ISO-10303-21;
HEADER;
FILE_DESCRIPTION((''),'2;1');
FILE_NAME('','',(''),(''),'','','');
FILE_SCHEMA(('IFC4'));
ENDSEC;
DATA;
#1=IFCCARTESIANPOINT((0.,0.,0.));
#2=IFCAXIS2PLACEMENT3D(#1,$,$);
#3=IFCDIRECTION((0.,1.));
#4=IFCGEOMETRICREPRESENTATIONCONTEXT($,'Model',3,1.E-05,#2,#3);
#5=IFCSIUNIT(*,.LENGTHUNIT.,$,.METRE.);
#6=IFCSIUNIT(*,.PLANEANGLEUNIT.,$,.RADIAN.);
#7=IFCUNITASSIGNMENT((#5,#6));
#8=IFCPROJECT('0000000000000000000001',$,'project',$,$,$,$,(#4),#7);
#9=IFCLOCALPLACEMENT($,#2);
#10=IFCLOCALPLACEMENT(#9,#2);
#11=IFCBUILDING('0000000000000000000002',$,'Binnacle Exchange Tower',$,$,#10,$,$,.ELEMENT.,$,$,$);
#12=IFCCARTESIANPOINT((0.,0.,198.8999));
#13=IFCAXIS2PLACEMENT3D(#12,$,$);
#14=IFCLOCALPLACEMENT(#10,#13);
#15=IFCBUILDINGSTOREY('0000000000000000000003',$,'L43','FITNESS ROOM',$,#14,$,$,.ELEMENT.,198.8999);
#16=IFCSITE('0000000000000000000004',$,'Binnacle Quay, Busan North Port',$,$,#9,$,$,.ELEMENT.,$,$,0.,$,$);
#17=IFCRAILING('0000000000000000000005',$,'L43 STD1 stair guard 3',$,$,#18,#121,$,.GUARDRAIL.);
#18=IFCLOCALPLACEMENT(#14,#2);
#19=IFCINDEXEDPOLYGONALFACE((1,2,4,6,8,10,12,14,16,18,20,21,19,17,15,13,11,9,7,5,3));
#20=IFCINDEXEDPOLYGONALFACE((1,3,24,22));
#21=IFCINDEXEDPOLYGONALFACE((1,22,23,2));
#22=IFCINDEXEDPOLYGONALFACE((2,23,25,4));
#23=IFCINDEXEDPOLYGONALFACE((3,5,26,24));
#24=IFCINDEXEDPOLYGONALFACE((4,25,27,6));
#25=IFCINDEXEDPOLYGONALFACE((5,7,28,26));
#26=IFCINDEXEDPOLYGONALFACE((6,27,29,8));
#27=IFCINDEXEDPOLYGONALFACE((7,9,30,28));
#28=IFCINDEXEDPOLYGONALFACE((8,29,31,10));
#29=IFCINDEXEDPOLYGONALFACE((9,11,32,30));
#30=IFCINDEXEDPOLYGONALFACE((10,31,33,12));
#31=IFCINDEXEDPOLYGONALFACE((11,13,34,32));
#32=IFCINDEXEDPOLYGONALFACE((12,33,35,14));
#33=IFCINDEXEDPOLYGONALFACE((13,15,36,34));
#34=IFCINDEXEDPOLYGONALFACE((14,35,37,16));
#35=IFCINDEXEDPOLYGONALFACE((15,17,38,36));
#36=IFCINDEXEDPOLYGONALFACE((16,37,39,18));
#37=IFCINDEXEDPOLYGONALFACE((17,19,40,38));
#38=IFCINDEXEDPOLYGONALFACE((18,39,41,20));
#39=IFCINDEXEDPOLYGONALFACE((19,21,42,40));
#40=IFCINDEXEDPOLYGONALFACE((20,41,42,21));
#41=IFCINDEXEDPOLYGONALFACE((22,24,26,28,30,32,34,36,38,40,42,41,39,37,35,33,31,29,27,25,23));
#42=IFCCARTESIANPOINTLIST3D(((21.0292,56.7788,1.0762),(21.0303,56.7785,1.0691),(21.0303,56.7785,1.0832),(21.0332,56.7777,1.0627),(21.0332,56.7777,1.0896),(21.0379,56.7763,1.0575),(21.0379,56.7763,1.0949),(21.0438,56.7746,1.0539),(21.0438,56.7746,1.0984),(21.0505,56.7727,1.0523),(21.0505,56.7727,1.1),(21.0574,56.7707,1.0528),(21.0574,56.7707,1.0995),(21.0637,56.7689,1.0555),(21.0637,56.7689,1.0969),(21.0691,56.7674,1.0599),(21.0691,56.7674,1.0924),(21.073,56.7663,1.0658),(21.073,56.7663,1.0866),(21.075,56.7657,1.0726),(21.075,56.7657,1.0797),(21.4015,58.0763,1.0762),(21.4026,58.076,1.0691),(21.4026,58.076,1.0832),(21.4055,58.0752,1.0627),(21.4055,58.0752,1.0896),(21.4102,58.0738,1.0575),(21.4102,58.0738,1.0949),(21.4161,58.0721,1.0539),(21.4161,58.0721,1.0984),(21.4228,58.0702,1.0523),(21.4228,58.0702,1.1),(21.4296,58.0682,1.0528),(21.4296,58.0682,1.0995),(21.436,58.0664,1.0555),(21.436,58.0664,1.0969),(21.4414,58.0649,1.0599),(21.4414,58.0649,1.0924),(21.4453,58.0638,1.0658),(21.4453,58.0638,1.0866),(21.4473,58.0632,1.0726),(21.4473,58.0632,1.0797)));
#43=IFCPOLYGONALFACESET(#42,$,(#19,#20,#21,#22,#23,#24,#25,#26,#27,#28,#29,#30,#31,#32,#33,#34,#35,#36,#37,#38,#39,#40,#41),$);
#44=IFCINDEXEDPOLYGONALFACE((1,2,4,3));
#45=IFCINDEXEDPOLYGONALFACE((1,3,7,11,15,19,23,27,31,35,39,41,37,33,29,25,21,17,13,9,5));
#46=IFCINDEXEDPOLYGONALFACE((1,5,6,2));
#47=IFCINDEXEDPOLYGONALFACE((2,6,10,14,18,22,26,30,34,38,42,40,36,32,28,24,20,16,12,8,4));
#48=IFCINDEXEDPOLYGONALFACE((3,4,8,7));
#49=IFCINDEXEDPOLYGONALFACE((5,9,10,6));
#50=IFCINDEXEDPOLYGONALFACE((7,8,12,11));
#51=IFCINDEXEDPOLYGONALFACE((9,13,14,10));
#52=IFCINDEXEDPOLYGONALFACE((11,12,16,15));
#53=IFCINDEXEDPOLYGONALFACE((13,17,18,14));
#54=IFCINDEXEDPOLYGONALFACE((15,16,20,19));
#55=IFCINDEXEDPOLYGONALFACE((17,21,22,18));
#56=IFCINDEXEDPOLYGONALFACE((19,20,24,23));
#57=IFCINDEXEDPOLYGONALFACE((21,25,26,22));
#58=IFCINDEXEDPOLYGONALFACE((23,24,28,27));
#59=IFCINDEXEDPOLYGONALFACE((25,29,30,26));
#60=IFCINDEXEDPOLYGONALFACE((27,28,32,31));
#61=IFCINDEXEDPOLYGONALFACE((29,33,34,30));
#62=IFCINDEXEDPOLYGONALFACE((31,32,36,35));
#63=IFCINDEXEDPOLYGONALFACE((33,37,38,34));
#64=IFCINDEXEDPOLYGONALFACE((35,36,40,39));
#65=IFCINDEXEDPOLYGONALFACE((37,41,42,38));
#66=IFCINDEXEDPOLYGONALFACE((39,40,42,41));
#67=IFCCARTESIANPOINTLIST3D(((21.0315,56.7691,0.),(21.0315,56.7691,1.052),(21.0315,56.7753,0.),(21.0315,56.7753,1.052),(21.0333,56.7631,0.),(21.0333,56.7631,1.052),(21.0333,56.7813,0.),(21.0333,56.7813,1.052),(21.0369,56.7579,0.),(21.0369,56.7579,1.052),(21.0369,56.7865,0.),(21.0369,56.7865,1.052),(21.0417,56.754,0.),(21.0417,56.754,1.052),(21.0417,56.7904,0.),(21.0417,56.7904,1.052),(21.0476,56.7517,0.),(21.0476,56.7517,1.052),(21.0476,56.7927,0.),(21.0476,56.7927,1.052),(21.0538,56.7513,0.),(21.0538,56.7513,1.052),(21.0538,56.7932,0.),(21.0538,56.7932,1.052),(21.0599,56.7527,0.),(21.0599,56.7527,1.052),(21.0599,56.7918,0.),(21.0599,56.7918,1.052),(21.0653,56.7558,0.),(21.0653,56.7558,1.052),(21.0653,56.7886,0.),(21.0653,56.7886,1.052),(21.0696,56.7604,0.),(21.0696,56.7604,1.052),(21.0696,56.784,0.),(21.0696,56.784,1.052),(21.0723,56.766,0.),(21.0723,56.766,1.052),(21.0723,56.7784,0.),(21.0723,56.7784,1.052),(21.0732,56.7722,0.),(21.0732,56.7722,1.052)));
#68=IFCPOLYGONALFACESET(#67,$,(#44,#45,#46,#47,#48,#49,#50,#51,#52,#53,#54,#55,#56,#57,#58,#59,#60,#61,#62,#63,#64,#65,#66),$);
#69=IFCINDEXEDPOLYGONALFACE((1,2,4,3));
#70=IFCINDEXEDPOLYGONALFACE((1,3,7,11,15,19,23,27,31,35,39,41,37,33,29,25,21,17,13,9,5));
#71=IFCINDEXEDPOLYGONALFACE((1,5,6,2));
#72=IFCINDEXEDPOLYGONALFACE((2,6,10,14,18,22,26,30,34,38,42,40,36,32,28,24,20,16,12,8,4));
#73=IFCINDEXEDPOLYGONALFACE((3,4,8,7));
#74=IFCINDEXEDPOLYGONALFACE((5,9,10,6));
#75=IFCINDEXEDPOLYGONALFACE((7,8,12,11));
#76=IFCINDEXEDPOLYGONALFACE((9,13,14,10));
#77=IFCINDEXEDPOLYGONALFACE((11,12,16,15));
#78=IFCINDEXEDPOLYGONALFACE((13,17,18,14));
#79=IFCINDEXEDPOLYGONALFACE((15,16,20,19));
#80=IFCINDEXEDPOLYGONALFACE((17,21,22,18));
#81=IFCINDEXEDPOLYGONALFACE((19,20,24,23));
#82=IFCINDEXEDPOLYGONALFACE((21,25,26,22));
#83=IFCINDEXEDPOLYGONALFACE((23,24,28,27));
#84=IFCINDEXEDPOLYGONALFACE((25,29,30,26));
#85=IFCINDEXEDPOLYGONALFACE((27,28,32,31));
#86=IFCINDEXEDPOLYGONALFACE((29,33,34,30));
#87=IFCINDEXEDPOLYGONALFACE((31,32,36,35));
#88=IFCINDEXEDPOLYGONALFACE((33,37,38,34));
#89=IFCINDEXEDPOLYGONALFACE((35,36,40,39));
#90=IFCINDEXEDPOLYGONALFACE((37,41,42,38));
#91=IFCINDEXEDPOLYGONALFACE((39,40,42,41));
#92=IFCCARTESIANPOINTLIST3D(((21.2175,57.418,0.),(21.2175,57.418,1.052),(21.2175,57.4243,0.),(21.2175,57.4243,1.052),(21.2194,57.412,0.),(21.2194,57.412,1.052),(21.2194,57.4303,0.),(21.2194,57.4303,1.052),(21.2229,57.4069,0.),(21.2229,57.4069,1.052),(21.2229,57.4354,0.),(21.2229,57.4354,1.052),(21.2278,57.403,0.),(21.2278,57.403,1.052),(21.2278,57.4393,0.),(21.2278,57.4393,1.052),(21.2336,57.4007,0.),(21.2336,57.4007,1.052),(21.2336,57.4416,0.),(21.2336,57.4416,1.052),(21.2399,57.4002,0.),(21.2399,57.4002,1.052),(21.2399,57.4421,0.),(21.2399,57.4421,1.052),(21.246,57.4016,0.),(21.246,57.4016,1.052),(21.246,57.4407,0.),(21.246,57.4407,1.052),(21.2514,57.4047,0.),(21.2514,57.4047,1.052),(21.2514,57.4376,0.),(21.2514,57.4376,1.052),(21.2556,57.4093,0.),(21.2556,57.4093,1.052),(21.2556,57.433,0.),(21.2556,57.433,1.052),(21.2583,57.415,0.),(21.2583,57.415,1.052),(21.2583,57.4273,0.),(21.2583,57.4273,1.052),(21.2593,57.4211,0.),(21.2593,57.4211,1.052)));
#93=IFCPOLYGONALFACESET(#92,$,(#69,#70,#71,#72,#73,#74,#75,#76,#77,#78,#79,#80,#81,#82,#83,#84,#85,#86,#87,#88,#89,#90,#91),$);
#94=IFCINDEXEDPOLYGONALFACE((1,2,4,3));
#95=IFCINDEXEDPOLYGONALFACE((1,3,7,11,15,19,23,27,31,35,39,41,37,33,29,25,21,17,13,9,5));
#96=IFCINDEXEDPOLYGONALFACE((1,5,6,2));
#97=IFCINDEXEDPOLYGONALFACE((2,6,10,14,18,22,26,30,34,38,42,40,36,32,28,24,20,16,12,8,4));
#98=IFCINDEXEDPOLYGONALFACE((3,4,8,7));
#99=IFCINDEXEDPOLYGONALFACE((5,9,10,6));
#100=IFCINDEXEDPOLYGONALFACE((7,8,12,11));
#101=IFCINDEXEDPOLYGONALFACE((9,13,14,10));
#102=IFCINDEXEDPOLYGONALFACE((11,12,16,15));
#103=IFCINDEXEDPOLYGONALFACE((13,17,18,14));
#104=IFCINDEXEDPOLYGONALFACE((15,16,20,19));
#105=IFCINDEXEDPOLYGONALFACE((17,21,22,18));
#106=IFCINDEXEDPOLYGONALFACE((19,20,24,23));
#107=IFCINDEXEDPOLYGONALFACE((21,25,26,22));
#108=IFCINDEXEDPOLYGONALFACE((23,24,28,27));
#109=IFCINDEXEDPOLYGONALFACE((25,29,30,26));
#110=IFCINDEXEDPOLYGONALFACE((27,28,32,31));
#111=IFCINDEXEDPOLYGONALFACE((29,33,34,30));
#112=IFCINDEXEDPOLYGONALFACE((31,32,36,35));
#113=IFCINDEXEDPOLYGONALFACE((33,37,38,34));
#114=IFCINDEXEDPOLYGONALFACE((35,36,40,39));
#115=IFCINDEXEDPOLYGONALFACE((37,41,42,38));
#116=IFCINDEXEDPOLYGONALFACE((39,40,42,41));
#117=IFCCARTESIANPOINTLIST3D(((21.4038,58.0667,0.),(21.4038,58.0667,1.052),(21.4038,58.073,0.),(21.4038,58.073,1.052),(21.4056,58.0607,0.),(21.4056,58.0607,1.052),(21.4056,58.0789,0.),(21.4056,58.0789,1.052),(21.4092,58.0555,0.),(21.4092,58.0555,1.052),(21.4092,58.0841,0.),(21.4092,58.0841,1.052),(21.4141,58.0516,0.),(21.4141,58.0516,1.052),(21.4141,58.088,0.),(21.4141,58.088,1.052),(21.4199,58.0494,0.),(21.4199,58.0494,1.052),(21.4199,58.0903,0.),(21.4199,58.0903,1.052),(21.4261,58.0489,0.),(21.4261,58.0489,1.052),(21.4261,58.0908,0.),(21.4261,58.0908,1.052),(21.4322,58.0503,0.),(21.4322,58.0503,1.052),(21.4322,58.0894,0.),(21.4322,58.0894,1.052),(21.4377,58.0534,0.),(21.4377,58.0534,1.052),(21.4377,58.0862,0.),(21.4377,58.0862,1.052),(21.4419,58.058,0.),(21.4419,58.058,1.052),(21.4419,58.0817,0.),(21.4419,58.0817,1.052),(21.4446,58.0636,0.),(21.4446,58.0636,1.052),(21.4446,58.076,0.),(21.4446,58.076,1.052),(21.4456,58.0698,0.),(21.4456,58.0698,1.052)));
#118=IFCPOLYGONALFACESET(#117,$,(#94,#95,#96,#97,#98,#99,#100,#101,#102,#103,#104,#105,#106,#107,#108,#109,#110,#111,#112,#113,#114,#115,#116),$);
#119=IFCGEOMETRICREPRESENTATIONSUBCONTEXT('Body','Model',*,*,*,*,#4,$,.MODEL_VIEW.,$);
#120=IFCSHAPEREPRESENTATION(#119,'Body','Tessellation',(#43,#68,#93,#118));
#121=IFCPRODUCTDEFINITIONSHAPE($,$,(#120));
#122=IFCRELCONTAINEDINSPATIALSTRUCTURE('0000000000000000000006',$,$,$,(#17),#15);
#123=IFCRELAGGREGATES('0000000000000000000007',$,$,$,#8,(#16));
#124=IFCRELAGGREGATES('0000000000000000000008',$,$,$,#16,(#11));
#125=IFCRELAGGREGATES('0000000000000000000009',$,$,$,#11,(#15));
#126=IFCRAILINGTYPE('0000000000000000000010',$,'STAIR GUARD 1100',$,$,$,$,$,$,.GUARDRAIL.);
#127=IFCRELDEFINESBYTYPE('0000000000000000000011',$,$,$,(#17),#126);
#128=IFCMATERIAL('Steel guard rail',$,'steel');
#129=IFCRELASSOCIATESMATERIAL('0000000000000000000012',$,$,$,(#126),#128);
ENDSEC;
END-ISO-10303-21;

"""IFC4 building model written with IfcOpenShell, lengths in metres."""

from ifc_helpers import new_model, si_unit, direction, frame, origin, origin_2d, place, context, subcontext, project, spatial, circle, extrude, material, type_object, element, save


model = new_model("IFC4")

# Units and contexts
model_context = context("Model", 3, precision=1e-05, world=origin(), true_north=direction((0.0, 1.0)))
body_context = subcontext(model_context, "Body", "Model", "MODEL_VIEW")
ifc_project = project(units=[si_unit("LENGTHUNIT", "METRE"), si_unit("PLANEANGLEUNIT", "RADIAN")], contexts=[model_context])

# Site, building, storey
site_placement = place(None, origin())
site = spatial("IfcSite", under=ifc_project, at=site_placement, Name="Binnacle Quay, Busan North Port", CompositionType="ELEMENT", RefElevation=0.0)
building_placement = place(site_placement, origin())
building = spatial("IfcBuilding", under=site, at=building_placement, Name="Binnacle Exchange Tower", CompositionType="ELEMENT")
storey_placement = place(building_placement, frame((0.0, 0.0, 198.8999)))
storey = spatial("IfcBuildingStorey", under=building, at=storey_placement, Name="L43", Description="FITNESS ROOM", CompositionType="ELEMENT", Elevation=198.8999)

# Railing
ifc_material_1 = material(Name="Steel guard rail", Category="steel")
railing_type_1 = type_object("IfcRailingType", Name="STAIR GUARD 1100", PredefinedType="GUARDRAIL", material=ifc_material_1)
railing_1_placement = place(storey_placement, frame((21.0522, 56.7722, 0.0)))
element("IfcRailing", 1, at=railing_1_placement, inside=storey, type_object=railing_type_1, Name="L43 STD1 stair guard 3", PredefinedType="GUARDRAIL", context=body_context, shape_type="SweptSolid", body=[
    extrude(circle(Radius=0.0239, at=origin_2d()), frame((0.0, 0.0, 1.0762), z_axis=(0.275796, 0.961216, 0.0), x_axis=(-0.961216, 0.275796, 0.0)), (0.0, 0.0, 1.0), 1.3499),
    extrude(circle(Radius=0.021, at=origin_2d()), origin(), (0.0, 0.0, 1.0), 1.052),
    extrude(circle(Radius=0.021, at=origin_2d()), frame((0.186, 0.6489, 0.0)), (0.0, 0.0, 1.0), 1.052),
    extrude(circle(Radius=0.021, at=origin_2d()), frame((0.3723, 1.2976, 0.0)), (0.0, 0.0, 1.0), 1.052),
])

save(model, "model.ifc")
